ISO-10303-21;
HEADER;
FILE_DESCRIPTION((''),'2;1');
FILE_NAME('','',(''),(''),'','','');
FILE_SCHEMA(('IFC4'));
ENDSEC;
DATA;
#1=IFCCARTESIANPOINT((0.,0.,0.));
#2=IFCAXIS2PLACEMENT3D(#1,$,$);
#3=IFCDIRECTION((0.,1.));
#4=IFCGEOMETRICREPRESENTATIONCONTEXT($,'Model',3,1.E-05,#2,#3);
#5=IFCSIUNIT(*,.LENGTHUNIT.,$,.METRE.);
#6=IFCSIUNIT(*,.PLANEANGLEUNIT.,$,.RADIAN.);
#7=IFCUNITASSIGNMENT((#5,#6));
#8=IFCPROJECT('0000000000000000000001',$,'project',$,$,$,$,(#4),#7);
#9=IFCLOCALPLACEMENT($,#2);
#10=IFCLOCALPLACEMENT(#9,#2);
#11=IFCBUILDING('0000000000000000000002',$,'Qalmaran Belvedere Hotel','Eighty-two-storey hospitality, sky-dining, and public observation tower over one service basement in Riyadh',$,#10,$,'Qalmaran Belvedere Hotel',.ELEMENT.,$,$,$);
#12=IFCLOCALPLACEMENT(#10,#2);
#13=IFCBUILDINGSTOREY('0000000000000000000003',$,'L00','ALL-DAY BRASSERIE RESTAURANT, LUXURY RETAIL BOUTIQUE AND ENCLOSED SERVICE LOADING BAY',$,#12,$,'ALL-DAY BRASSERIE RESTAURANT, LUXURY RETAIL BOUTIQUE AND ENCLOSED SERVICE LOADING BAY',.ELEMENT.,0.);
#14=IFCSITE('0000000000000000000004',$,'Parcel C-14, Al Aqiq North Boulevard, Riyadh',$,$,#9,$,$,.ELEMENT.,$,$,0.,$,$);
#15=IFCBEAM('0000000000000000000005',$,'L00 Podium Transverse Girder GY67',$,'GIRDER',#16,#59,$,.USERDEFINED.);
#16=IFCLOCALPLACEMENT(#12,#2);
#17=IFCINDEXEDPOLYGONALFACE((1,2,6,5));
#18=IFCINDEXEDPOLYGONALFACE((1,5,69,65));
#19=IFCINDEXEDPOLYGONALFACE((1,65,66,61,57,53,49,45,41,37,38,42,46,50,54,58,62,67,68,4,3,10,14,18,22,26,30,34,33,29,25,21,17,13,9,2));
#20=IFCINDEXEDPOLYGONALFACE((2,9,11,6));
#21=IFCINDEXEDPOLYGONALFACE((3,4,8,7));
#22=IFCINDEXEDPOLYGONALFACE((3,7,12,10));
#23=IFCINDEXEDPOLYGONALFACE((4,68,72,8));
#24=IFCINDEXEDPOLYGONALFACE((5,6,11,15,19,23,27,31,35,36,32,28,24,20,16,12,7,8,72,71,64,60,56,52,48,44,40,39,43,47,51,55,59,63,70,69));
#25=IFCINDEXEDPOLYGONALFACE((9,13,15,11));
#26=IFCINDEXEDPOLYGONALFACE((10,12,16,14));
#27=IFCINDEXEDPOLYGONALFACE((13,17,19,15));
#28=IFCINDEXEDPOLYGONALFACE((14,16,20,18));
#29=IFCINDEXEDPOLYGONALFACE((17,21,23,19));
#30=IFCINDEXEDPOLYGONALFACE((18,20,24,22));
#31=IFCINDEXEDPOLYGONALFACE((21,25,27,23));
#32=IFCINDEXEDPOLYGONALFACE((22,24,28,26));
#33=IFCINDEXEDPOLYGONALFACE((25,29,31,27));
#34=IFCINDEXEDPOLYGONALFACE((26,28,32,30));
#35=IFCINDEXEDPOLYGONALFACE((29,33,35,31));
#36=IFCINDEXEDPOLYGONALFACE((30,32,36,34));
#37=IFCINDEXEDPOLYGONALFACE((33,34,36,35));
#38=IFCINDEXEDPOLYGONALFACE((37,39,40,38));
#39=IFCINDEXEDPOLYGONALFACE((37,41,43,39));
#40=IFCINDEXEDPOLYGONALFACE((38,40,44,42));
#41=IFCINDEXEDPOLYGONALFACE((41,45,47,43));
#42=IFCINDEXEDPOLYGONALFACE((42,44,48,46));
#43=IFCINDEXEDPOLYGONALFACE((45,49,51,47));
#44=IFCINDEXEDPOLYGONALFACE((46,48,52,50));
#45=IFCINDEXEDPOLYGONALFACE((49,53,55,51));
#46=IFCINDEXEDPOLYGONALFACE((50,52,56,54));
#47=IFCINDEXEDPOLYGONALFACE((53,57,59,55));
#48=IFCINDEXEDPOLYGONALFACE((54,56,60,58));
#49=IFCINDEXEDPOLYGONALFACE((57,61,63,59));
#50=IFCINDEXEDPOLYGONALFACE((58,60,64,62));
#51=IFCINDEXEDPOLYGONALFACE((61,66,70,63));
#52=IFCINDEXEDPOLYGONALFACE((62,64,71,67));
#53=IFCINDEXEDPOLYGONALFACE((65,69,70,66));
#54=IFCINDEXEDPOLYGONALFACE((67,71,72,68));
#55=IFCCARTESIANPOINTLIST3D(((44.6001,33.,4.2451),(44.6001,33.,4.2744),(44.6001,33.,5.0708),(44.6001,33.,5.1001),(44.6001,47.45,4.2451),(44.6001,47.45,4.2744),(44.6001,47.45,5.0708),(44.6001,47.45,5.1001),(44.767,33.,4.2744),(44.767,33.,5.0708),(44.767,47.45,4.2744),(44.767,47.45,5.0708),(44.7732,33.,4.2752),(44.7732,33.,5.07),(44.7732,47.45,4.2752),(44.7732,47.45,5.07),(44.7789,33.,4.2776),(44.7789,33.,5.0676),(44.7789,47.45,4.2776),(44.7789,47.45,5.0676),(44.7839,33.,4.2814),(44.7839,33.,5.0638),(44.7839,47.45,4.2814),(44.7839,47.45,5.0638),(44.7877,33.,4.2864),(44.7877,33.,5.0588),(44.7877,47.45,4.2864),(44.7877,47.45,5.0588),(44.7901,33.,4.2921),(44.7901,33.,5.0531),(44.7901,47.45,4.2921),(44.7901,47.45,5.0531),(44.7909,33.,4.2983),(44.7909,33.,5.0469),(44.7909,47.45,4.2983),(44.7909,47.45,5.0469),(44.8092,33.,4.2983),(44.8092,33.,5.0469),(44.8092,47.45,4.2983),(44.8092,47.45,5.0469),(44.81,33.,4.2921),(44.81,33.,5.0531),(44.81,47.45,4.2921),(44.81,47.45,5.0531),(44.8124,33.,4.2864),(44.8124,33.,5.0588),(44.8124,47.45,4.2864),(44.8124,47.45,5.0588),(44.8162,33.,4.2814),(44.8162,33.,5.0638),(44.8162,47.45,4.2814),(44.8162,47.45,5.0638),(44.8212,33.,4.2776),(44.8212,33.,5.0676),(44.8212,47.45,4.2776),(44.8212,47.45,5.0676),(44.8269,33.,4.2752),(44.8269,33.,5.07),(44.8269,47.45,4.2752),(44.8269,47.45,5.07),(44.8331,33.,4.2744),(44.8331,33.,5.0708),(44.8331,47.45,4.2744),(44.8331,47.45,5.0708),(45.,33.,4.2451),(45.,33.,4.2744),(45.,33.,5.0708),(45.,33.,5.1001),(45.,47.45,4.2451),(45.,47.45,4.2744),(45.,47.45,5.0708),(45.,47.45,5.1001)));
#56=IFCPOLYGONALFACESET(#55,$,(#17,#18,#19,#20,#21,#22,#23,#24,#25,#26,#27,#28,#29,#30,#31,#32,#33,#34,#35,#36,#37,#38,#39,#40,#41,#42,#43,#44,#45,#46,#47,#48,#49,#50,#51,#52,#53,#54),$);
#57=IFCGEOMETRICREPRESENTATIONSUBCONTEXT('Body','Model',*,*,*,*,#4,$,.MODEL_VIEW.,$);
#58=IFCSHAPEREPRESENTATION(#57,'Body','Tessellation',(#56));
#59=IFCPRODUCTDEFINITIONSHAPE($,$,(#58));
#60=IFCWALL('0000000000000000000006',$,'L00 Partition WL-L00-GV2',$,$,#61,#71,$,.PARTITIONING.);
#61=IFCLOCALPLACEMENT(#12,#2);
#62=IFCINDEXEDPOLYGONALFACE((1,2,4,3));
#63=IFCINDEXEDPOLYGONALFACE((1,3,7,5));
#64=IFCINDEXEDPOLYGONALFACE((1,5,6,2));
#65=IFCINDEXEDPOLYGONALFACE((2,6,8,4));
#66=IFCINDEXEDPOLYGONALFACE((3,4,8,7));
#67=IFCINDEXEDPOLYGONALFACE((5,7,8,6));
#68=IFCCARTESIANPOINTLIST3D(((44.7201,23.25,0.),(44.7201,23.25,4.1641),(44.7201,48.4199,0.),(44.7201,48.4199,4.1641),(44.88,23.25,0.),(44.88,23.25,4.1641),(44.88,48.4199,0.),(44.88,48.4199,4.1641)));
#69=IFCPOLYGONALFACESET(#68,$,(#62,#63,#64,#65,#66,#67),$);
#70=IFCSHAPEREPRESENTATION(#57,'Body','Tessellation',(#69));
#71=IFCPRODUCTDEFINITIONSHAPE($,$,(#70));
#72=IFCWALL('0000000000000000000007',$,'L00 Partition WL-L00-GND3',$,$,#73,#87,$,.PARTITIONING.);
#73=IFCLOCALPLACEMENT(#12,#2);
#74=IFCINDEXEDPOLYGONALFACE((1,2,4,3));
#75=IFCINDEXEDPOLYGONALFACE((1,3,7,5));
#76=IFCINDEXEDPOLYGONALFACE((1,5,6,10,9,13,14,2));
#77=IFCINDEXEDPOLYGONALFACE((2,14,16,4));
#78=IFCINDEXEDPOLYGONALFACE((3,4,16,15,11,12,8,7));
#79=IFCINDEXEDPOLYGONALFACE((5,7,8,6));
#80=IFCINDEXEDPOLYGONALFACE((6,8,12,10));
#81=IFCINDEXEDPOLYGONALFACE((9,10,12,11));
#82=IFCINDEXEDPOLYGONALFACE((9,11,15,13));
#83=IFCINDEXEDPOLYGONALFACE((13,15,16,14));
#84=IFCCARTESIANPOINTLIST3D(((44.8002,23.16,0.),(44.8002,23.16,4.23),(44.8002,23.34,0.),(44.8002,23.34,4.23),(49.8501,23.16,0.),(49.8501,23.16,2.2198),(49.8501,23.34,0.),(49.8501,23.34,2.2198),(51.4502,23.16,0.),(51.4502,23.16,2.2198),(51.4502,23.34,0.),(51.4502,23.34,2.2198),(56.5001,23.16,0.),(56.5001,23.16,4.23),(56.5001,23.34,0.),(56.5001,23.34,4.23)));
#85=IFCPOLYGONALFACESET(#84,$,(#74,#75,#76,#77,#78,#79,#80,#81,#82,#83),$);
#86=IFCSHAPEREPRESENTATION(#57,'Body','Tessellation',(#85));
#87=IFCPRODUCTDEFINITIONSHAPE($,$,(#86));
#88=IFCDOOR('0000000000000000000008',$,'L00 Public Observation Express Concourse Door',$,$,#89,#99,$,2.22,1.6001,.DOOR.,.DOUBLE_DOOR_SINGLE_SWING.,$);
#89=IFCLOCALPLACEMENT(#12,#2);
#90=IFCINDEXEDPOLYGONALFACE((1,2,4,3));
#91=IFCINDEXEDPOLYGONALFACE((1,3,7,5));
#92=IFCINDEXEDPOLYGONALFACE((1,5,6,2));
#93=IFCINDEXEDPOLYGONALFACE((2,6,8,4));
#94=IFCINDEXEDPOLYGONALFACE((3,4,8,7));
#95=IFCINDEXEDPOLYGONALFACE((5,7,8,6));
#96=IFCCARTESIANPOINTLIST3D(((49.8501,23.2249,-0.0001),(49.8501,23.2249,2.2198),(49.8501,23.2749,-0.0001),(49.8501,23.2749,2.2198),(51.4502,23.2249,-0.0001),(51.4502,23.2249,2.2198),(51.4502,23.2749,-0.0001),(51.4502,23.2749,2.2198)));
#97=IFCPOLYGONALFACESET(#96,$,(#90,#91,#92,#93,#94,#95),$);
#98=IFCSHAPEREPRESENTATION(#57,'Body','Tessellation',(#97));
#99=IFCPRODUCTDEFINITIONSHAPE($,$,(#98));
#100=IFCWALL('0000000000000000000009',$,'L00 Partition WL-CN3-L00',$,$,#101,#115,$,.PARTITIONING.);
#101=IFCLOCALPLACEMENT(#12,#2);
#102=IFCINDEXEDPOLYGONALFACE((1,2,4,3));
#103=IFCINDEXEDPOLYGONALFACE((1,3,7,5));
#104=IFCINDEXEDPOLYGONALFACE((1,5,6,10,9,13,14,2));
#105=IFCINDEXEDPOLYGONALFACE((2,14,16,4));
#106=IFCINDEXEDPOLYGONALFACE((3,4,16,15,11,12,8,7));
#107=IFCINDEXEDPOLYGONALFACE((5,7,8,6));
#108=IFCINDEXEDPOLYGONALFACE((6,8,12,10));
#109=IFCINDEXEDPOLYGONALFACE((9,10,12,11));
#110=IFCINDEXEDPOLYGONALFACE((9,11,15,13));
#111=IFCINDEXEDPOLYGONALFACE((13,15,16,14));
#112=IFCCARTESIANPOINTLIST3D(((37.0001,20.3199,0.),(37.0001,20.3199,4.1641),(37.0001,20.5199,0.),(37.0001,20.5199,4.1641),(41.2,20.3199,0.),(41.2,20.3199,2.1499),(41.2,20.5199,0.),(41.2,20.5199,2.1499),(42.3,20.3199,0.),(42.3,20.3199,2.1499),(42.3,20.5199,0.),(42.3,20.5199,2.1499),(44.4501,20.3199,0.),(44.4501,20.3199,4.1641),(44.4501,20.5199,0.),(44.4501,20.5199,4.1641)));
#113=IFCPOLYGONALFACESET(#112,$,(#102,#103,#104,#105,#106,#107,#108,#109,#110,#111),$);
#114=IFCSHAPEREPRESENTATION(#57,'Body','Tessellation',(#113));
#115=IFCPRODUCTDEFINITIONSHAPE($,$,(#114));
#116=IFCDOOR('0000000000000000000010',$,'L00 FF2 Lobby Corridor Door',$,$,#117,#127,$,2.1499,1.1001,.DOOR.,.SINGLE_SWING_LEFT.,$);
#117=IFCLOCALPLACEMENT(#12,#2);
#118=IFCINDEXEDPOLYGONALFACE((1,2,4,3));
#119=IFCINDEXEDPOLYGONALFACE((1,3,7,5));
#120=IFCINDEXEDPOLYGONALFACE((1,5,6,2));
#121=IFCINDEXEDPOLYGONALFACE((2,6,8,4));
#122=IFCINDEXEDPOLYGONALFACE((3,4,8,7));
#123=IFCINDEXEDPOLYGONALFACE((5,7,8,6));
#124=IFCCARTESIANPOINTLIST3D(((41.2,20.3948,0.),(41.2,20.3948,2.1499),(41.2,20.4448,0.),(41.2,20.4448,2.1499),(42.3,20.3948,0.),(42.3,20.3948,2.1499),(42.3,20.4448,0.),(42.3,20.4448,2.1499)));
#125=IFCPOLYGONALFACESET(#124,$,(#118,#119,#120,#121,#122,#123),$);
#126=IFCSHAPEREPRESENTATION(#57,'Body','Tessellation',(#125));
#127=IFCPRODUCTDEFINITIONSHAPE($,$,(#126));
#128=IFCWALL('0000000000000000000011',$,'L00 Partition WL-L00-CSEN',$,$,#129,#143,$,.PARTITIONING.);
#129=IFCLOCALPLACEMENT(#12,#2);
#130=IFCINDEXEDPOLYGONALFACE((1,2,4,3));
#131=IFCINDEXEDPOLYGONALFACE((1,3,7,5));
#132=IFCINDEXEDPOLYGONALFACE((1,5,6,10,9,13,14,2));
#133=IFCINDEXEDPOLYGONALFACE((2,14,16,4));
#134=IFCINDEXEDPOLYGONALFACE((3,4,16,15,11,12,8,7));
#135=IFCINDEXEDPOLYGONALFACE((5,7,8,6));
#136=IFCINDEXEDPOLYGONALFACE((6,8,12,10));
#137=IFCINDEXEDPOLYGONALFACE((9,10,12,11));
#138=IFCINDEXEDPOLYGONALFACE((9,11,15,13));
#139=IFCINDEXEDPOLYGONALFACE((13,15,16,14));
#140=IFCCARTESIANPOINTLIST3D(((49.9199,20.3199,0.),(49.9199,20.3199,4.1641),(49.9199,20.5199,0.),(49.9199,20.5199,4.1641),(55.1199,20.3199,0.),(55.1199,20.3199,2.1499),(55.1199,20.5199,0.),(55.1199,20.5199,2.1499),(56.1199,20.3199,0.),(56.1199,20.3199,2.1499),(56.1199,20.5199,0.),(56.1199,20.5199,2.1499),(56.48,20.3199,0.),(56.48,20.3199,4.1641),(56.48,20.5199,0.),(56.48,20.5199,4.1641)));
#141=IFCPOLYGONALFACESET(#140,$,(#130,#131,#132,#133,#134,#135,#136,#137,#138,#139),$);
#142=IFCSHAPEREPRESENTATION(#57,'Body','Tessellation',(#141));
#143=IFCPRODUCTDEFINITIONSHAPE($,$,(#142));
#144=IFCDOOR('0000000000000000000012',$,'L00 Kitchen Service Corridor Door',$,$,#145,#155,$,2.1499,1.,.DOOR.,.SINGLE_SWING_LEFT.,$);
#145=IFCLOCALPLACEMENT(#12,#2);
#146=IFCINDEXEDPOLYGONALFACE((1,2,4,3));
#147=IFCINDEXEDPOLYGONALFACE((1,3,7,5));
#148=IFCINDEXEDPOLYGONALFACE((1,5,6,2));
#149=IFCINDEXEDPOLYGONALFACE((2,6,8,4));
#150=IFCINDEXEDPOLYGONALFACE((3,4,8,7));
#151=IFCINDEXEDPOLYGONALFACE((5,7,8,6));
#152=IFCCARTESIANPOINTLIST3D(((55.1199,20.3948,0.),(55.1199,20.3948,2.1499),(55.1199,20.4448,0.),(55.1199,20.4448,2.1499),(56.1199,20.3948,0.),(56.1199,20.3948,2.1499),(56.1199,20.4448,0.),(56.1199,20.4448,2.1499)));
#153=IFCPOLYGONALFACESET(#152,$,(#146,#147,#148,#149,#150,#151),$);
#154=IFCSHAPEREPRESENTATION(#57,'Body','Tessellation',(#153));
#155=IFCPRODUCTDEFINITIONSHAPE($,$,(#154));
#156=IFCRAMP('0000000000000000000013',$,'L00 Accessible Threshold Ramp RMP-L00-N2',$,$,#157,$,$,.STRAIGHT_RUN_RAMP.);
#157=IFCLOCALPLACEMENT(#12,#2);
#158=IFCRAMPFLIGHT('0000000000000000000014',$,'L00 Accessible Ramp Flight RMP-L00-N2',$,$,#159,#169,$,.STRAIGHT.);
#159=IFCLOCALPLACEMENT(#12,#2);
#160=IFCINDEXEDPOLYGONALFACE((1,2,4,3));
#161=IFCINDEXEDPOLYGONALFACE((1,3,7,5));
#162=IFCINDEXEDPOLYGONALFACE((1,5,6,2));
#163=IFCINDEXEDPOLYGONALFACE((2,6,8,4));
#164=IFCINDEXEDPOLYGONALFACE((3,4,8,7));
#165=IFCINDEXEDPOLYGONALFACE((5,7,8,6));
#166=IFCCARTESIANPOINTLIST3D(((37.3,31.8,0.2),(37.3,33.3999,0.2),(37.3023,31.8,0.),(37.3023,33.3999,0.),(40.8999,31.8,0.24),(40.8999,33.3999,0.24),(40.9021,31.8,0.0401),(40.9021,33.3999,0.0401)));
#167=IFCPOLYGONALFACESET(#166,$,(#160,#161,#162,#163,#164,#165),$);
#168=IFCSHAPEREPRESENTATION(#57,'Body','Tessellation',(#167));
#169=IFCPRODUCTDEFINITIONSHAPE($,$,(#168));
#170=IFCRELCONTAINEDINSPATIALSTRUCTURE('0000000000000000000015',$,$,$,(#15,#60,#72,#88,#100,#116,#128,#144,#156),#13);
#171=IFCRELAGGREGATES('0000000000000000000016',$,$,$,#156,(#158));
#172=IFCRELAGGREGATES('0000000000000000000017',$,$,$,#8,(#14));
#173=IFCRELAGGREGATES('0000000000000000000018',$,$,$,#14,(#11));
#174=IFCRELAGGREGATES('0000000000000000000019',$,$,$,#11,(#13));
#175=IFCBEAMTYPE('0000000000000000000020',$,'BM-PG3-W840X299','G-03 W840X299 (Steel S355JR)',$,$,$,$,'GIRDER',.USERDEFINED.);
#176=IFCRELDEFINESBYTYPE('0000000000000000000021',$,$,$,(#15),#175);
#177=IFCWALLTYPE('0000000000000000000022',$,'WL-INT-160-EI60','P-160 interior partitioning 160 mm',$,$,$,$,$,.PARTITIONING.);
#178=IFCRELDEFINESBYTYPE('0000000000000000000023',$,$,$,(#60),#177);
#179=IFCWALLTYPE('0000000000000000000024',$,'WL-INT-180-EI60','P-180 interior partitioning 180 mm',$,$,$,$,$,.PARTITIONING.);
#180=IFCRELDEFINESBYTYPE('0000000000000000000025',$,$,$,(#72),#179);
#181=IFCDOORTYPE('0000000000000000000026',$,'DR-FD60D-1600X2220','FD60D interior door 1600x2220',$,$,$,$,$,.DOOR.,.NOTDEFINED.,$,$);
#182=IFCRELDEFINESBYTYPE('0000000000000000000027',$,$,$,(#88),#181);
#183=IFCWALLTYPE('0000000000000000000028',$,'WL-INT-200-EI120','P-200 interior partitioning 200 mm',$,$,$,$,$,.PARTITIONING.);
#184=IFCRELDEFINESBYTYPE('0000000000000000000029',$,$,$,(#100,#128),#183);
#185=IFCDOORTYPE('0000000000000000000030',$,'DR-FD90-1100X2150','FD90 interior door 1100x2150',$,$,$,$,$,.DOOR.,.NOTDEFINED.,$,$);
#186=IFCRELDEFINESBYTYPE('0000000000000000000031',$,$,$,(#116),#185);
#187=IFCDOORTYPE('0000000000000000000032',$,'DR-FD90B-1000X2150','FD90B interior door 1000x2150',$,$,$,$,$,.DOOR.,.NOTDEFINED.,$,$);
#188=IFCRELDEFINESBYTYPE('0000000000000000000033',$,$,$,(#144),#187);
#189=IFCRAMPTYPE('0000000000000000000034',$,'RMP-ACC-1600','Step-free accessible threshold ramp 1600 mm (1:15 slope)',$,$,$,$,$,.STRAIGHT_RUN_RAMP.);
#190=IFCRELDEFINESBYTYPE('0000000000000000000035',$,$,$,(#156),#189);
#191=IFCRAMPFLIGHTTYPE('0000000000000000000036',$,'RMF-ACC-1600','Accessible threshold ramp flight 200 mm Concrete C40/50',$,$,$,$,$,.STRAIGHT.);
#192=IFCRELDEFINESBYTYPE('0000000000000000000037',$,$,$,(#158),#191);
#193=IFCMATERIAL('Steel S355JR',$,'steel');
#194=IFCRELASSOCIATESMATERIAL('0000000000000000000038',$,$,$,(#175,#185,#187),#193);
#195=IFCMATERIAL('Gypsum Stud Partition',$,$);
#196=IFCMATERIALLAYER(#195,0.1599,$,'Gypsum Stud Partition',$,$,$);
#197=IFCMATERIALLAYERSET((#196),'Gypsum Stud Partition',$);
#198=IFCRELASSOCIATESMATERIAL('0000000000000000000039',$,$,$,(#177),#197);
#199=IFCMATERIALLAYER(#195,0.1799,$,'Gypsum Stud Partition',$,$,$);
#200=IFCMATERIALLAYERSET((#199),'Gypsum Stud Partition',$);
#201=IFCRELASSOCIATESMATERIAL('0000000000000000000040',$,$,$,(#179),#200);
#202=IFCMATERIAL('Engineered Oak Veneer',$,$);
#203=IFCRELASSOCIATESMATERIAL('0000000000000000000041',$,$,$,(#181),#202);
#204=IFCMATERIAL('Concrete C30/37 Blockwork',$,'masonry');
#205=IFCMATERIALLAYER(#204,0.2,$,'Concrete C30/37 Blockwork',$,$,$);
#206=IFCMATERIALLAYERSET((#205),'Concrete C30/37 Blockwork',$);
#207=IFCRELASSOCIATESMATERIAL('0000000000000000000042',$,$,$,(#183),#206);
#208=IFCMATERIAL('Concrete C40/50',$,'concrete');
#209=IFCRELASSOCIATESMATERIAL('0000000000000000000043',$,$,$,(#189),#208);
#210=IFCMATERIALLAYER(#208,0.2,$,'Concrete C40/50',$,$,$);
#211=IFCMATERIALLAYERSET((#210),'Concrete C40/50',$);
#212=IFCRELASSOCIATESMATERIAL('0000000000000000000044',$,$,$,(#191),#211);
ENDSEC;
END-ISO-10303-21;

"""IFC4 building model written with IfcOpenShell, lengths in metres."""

from ifc_helpers import new_model, si_unit, direction, frame, frame_2d, origin, origin_2d, place, context, subcontext, project, spatial, polyline, rectangle, i_section, outline, extrude, material, layer, layer_set, material_profile, profile_set, type_object, element, fill, aggregate, save


model = new_model("IFC4")

# Units and contexts
model_context = context("Model", 3, precision=1e-05, world=origin(), true_north=direction((0.0, 1.0)))
body_context = subcontext(model_context, "Body", "Model", "MODEL_VIEW")
ifc_project = project(units=[si_unit("LENGTHUNIT", "METRE"), si_unit("PLANEANGLEUNIT", "RADIAN")], contexts=[model_context])

# Site, building, storey
site_placement = place(None, origin())
site = spatial("IfcSite", under=ifc_project, at=site_placement, Name="Parcel C-14, Al Aqiq North Boulevard, Riyadh", CompositionType="ELEMENT", RefElevation=0.0)
building_placement = place(site_placement, origin())
building = spatial("IfcBuilding", under=site, at=building_placement, Name="Qalmaran Belvedere Hotel", Description="Eighty-two-storey hospitality, sky-dining, and public observation tower over one service basement in Riyadh", LongName="Qalmaran Belvedere Hotel", CompositionType="ELEMENT")
storey_placement = place(building_placement, origin())
storey = spatial("IfcBuildingStorey", under=building, at=storey_placement, Name="L00", Description="ALL-DAY BRASSERIE RESTAURANT, LUXURY RETAIL BOUTIQUE AND ENCLOSED SERVICE LOADING BAY", LongName="ALL-DAY BRASSERIE RESTAURANT, LUXURY RETAIL BOUTIQUE AND ENCLOSED SERVICE LOADING BAY", CompositionType="ELEMENT", Elevation=0.0)

# Beam
ifc_material_1 = material(Name="Steel S355JR", Category="steel")
ifc_material_profile_1 = material_profile(ifc_material_1, i_section(OverallWidth=0.3999, OverallDepth=0.855, WebThickness=0.0183, FlangeThickness=0.0293, FilletRadius=0.0239, at=origin_2d()), Name="W840X299")
ifc_profile_set_1 = profile_set([ifc_material_profile_1], Name="Steel S355JR")
beam_type_1 = type_object("IfcBeamType", Name="BM-PG3-W840X299", Description="G-03 W840X299 (Steel S355JR)", ElementType="GIRDER", PredefinedType="USERDEFINED", material=ifc_profile_set_1)
beam_1_placement = place(storey_placement, frame((44.8, 33.0, 4.6726), z_axis=(0.0, 1.0, 0.0), x_axis=(-1.0, 0.0, 0.0)))
element("IfcBeam", 1, at=beam_1_placement, inside=storey, type_object=beam_type_1, Name="L00 Podium Transverse Girder GY67", ObjectType="GIRDER", PredefinedType="USERDEFINED", context=body_context, shape_type="SweptSolid", body=[
    extrude(i_section(OverallWidth=0.3999, OverallDepth=0.855, WebThickness=0.0183, FlangeThickness=0.0293, FilletRadius=0.0239, at=origin_2d()), origin(), (0.0, 0.0, 1.0), 14.45),
])

# Wall
ifc_material_2 = material(Name="Gypsum Stud Partition")
ifc_layer_1 = layer(ifc_material_2, 0.1599, Name="Gypsum Stud Partition")
ifc_layer_set_1 = layer_set([ifc_layer_1], Name="Gypsum Stud Partition")
wall_type_1 = type_object("IfcWallType", Name="WL-INT-160-EI60", Description="P-160 interior partitioning 160 mm", PredefinedType="PARTITIONING", material=ifc_layer_set_1)
wall_1_placement = place(storey_placement, frame((44.8, 23.25, 0.0), z_axis=(0.0, 0.0, 1.0), x_axis=(0.0, 1.0, 0.0)))
element("IfcWall", 2, at=wall_1_placement, inside=storey, type_object=wall_type_1, Name="L00 Partition WL-L00-GV2", PredefinedType="PARTITIONING", context=body_context, shape_type="SweptSolid", body=[
    extrude(rectangle(XDim=25.1699, YDim=0.1599, at=frame_2d((12.585, 0.0))), origin(), (0.0, 0.0, 1.0), 4.1641),
])

# Walls, openings, doors
ifc_layer_2 = layer(ifc_material_2, 0.1799, Name="Gypsum Stud Partition")
ifc_layer_set_2 = layer_set([ifc_layer_2], Name="Gypsum Stud Partition")
wall_type_2 = type_object("IfcWallType", Name="WL-INT-180-EI60", Description="P-180 interior partitioning 180 mm", PredefinedType="PARTITIONING", material=ifc_layer_set_2)
wall_2_placement = place(storey_placement, frame((44.8, 23.25, 0.0), z_axis=(0.0, 0.0, 1.0), x_axis=(1.0, 0.0, 0.0)))
wall_2 = element("IfcWall", 3, at=wall_2_placement, inside=storey, type_object=wall_type_2, Name="L00 Partition WL-L00-GND3", PredefinedType="PARTITIONING", context=body_context, shape_type="SweptSolid", body=[
    extrude(rectangle(XDim=11.7, YDim=0.1799, at=frame_2d((5.8501, 0.0))), origin(), (0.0, 0.0, 1.0), 4.23),
])
opening_1_placement = place(wall_2_placement, frame((5.05, 0.0, 0.0)))
opening_1 = element("IfcOpeningElement", 4, at=opening_1_placement, cuts=wall_2, PredefinedType="OPENING", context=body_context, shape_type="SweptSolid", body=[
    extrude(rectangle(XDim=1.6001, YDim=2.22, at=frame_2d((0.8, 1.1099))), frame((0.0, 0.1001, 0.0), z_axis=(0.0, -1.0, 0.0), x_axis=(1.0, 0.0, 0.0)), (0.0, 0.0, 1.0), 0.2),
])
ifc_material_3 = material(Name="Engineered Oak Veneer")
door_type_1 = type_object("IfcDoorType", Name="DR-FD60D-1600X2220", Description="FD60D interior door 1600x2220", OperationType="NOTDEFINED", PredefinedType="DOOR", material=ifc_material_3)
door_1_placement = place(opening_1_placement, origin())
door_1 = element("IfcDoor", 5, at=door_1_placement, inside=storey, type_object=door_type_1, Name="L00 Public Observation Express Concourse Door", OperationType="DOUBLE_DOOR_SINGLE_SWING", OverallHeight=2.22, OverallWidth=1.6001, PredefinedType="DOOR", context=body_context, shape_type="SweptSolid", body=[
    extrude(rectangle(XDim=1.6001, YDim=2.22, at=frame_2d((0.8, 1.1099))), frame((0.0, 0.0249, 0.0), z_axis=(0.0, -1.0, 0.0), x_axis=(1.0, 0.0, 0.0)), (0.0, 0.0, 1.0), 0.05),
])
fill(opening_1, door_1)
ifc_material_4 = material(Name="Concrete C30/37 Blockwork", Category="masonry")
ifc_layer_3 = layer(ifc_material_4, 0.2, Name="Concrete C30/37 Blockwork")
ifc_layer_set_3 = layer_set([ifc_layer_3], Name="Concrete C30/37 Blockwork")
wall_type_3 = type_object("IfcWallType", Name="WL-INT-200-EI120", Description="P-200 interior partitioning 200 mm", PredefinedType="PARTITIONING", material=ifc_layer_set_3)
wall_3_placement = place(storey_placement, frame((37.0, 20.4199, 0.0), z_axis=(0.0, 0.0, 1.0), x_axis=(1.0, 0.0, 0.0)))
wall_3 = element("IfcWall", 6, at=wall_3_placement, inside=storey, type_object=wall_type_3, Name="L00 Partition WL-CN3-L00", PredefinedType="PARTITIONING", context=body_context, shape_type="SweptSolid", body=[
    extrude(rectangle(XDim=7.45, YDim=0.2, at=frame_2d((3.7251, 0.0))), origin(), (0.0, 0.0, 1.0), 4.1641),
])
opening_2_placement = place(wall_3_placement, frame((4.2, 0.0, 0.0)))
opening_2 = element("IfcOpeningElement", 7, at=opening_2_placement, cuts=wall_3, PredefinedType="OPENING", context=body_context, shape_type="SweptSolid", body=[
    extrude(rectangle(XDim=1.1001, YDim=2.1499, at=frame_2d((0.55, 1.075))), frame((0.0, 0.1099, 0.0), z_axis=(0.0, -1.0, 0.0), x_axis=(1.0, 0.0, 0.0)), (0.0, 0.0, 1.0), 0.22),
])
door_type_2 = type_object("IfcDoorType", Name="DR-FD90-1100X2150", Description="FD90 interior door 1100x2150", OperationType="NOTDEFINED", PredefinedType="DOOR", material=ifc_material_1)
door_2_placement = place(opening_2_placement, origin())
door_2 = element("IfcDoor", 8, at=door_2_placement, inside=storey, type_object=door_type_2, Name="L00 FF2 Lobby Corridor Door", OperationType="SINGLE_SWING_LEFT", OverallHeight=2.1499, OverallWidth=1.1001, PredefinedType="DOOR", context=body_context, shape_type="SweptSolid", body=[
    extrude(rectangle(XDim=1.1001, YDim=2.1499, at=frame_2d((0.55, 1.075))), frame((0.0, 0.0249, 0.0), z_axis=(0.0, -1.0, 0.0), x_axis=(1.0, 0.0, 0.0)), (0.0, 0.0, 1.0), 0.05),
])
fill(opening_2, door_2)
wall_4_placement = place(storey_placement, frame((49.9199, 20.4199, 0.0), z_axis=(0.0, 0.0, 1.0), x_axis=(1.0, 0.0, 0.0)))
wall_4 = element("IfcWall", 9, at=wall_4_placement, inside=storey, type_object=wall_type_3, Name="L00 Partition WL-L00-CSEN", PredefinedType="PARTITIONING", context=body_context, shape_type="SweptSolid", body=[
    extrude(rectangle(XDim=6.5601, YDim=0.2, at=frame_2d((3.28, 0.0))), origin(), (0.0, 0.0, 1.0), 4.1641),
])
opening_3_placement = place(wall_4_placement, frame((5.2, 0.0, 0.0)))
opening_3 = element("IfcOpeningElement", 10, at=opening_3_placement, cuts=wall_4, PredefinedType="OPENING", context=body_context, shape_type="SweptSolid", body=[
    extrude(rectangle(XDim=1.0, YDim=2.1499, at=frame_2d((0.5, 1.075))), frame((0.0, 0.1099, 0.0), z_axis=(0.0, -1.0, 0.0), x_axis=(1.0, 0.0, 0.0)), (0.0, 0.0, 1.0), 0.22),
])
door_type_3 = type_object("IfcDoorType", Name="DR-FD90B-1000X2150", Description="FD90B interior door 1000x2150", OperationType="NOTDEFINED", PredefinedType="DOOR", material=ifc_material_1)
door_3_placement = place(opening_3_placement, origin())
door_3 = element("IfcDoor", 11, at=door_3_placement, inside=storey, type_object=door_type_3, Name="L00 Kitchen Service Corridor Door", OperationType="SINGLE_SWING_LEFT", OverallHeight=2.1499, OverallWidth=1.0, PredefinedType="DOOR", context=body_context, shape_type="SweptSolid", body=[
    extrude(rectangle(XDim=1.0, YDim=2.1499, at=frame_2d((0.5, 1.075))), frame((0.0, 0.0249, 0.0), z_axis=(0.0, -1.0, 0.0), x_axis=(1.0, 0.0, 0.0)), (0.0, 0.0, 1.0), 0.05),
])
fill(opening_3, door_3)

# Ramp, ramp flight
ifc_material_5 = material(Name="Concrete C40/50", Category="concrete")
ramp_type = type_object("IfcRampType", Name="RMP-ACC-1600", Description="Step-free accessible threshold ramp 1600 mm (1:15 slope)", PredefinedType="STRAIGHT_RUN_RAMP", material=ifc_material_5)
ramp_placement = place(storey_placement, origin())
ramp = element("IfcRamp", 12, at=ramp_placement, inside=storey, type_object=ramp_type, Name="L00 Accessible Threshold Ramp RMP-L00-N2", PredefinedType="STRAIGHT_RUN_RAMP")
ifc_layer_4 = layer(ifc_material_5, 0.2, Name="Concrete C40/50")
ifc_layer_set_4 = layer_set([ifc_layer_4], Name="Concrete C40/50")
ramp_flight_type = type_object("IfcRampFlightType", Name="RMF-ACC-1600", Description="Accessible threshold ramp flight 200 mm Concrete C40/50", PredefinedType="STRAIGHT", material=ifc_layer_set_4)
ramp_flight_placement = place(storey_placement, frame((37.3, 31.8, 0.2), z_axis=(-0.011122, 0.0, 0.999938), x_axis=(0.999938, 0.0, 0.011122)))
ramp_flight = element("IfcRampFlight", 13, at=ramp_flight_placement, type_object=ramp_flight_type, Name="L00 Accessible Ramp Flight RMP-L00-N2", PredefinedType="STRAIGHT", context=body_context, shape_type="SweptSolid", body=[
    extrude(outline(polyline([(0.0, 0.0), (3.6001, 0.0), (3.6001, 1.5999), (0.0, 1.5999), (0.0, 0.0)])), origin(), (0.0, 0.0, -1.0), 0.2),
])
aggregate(ramp, [ramp_flight])

save(model, "model.ifc")
